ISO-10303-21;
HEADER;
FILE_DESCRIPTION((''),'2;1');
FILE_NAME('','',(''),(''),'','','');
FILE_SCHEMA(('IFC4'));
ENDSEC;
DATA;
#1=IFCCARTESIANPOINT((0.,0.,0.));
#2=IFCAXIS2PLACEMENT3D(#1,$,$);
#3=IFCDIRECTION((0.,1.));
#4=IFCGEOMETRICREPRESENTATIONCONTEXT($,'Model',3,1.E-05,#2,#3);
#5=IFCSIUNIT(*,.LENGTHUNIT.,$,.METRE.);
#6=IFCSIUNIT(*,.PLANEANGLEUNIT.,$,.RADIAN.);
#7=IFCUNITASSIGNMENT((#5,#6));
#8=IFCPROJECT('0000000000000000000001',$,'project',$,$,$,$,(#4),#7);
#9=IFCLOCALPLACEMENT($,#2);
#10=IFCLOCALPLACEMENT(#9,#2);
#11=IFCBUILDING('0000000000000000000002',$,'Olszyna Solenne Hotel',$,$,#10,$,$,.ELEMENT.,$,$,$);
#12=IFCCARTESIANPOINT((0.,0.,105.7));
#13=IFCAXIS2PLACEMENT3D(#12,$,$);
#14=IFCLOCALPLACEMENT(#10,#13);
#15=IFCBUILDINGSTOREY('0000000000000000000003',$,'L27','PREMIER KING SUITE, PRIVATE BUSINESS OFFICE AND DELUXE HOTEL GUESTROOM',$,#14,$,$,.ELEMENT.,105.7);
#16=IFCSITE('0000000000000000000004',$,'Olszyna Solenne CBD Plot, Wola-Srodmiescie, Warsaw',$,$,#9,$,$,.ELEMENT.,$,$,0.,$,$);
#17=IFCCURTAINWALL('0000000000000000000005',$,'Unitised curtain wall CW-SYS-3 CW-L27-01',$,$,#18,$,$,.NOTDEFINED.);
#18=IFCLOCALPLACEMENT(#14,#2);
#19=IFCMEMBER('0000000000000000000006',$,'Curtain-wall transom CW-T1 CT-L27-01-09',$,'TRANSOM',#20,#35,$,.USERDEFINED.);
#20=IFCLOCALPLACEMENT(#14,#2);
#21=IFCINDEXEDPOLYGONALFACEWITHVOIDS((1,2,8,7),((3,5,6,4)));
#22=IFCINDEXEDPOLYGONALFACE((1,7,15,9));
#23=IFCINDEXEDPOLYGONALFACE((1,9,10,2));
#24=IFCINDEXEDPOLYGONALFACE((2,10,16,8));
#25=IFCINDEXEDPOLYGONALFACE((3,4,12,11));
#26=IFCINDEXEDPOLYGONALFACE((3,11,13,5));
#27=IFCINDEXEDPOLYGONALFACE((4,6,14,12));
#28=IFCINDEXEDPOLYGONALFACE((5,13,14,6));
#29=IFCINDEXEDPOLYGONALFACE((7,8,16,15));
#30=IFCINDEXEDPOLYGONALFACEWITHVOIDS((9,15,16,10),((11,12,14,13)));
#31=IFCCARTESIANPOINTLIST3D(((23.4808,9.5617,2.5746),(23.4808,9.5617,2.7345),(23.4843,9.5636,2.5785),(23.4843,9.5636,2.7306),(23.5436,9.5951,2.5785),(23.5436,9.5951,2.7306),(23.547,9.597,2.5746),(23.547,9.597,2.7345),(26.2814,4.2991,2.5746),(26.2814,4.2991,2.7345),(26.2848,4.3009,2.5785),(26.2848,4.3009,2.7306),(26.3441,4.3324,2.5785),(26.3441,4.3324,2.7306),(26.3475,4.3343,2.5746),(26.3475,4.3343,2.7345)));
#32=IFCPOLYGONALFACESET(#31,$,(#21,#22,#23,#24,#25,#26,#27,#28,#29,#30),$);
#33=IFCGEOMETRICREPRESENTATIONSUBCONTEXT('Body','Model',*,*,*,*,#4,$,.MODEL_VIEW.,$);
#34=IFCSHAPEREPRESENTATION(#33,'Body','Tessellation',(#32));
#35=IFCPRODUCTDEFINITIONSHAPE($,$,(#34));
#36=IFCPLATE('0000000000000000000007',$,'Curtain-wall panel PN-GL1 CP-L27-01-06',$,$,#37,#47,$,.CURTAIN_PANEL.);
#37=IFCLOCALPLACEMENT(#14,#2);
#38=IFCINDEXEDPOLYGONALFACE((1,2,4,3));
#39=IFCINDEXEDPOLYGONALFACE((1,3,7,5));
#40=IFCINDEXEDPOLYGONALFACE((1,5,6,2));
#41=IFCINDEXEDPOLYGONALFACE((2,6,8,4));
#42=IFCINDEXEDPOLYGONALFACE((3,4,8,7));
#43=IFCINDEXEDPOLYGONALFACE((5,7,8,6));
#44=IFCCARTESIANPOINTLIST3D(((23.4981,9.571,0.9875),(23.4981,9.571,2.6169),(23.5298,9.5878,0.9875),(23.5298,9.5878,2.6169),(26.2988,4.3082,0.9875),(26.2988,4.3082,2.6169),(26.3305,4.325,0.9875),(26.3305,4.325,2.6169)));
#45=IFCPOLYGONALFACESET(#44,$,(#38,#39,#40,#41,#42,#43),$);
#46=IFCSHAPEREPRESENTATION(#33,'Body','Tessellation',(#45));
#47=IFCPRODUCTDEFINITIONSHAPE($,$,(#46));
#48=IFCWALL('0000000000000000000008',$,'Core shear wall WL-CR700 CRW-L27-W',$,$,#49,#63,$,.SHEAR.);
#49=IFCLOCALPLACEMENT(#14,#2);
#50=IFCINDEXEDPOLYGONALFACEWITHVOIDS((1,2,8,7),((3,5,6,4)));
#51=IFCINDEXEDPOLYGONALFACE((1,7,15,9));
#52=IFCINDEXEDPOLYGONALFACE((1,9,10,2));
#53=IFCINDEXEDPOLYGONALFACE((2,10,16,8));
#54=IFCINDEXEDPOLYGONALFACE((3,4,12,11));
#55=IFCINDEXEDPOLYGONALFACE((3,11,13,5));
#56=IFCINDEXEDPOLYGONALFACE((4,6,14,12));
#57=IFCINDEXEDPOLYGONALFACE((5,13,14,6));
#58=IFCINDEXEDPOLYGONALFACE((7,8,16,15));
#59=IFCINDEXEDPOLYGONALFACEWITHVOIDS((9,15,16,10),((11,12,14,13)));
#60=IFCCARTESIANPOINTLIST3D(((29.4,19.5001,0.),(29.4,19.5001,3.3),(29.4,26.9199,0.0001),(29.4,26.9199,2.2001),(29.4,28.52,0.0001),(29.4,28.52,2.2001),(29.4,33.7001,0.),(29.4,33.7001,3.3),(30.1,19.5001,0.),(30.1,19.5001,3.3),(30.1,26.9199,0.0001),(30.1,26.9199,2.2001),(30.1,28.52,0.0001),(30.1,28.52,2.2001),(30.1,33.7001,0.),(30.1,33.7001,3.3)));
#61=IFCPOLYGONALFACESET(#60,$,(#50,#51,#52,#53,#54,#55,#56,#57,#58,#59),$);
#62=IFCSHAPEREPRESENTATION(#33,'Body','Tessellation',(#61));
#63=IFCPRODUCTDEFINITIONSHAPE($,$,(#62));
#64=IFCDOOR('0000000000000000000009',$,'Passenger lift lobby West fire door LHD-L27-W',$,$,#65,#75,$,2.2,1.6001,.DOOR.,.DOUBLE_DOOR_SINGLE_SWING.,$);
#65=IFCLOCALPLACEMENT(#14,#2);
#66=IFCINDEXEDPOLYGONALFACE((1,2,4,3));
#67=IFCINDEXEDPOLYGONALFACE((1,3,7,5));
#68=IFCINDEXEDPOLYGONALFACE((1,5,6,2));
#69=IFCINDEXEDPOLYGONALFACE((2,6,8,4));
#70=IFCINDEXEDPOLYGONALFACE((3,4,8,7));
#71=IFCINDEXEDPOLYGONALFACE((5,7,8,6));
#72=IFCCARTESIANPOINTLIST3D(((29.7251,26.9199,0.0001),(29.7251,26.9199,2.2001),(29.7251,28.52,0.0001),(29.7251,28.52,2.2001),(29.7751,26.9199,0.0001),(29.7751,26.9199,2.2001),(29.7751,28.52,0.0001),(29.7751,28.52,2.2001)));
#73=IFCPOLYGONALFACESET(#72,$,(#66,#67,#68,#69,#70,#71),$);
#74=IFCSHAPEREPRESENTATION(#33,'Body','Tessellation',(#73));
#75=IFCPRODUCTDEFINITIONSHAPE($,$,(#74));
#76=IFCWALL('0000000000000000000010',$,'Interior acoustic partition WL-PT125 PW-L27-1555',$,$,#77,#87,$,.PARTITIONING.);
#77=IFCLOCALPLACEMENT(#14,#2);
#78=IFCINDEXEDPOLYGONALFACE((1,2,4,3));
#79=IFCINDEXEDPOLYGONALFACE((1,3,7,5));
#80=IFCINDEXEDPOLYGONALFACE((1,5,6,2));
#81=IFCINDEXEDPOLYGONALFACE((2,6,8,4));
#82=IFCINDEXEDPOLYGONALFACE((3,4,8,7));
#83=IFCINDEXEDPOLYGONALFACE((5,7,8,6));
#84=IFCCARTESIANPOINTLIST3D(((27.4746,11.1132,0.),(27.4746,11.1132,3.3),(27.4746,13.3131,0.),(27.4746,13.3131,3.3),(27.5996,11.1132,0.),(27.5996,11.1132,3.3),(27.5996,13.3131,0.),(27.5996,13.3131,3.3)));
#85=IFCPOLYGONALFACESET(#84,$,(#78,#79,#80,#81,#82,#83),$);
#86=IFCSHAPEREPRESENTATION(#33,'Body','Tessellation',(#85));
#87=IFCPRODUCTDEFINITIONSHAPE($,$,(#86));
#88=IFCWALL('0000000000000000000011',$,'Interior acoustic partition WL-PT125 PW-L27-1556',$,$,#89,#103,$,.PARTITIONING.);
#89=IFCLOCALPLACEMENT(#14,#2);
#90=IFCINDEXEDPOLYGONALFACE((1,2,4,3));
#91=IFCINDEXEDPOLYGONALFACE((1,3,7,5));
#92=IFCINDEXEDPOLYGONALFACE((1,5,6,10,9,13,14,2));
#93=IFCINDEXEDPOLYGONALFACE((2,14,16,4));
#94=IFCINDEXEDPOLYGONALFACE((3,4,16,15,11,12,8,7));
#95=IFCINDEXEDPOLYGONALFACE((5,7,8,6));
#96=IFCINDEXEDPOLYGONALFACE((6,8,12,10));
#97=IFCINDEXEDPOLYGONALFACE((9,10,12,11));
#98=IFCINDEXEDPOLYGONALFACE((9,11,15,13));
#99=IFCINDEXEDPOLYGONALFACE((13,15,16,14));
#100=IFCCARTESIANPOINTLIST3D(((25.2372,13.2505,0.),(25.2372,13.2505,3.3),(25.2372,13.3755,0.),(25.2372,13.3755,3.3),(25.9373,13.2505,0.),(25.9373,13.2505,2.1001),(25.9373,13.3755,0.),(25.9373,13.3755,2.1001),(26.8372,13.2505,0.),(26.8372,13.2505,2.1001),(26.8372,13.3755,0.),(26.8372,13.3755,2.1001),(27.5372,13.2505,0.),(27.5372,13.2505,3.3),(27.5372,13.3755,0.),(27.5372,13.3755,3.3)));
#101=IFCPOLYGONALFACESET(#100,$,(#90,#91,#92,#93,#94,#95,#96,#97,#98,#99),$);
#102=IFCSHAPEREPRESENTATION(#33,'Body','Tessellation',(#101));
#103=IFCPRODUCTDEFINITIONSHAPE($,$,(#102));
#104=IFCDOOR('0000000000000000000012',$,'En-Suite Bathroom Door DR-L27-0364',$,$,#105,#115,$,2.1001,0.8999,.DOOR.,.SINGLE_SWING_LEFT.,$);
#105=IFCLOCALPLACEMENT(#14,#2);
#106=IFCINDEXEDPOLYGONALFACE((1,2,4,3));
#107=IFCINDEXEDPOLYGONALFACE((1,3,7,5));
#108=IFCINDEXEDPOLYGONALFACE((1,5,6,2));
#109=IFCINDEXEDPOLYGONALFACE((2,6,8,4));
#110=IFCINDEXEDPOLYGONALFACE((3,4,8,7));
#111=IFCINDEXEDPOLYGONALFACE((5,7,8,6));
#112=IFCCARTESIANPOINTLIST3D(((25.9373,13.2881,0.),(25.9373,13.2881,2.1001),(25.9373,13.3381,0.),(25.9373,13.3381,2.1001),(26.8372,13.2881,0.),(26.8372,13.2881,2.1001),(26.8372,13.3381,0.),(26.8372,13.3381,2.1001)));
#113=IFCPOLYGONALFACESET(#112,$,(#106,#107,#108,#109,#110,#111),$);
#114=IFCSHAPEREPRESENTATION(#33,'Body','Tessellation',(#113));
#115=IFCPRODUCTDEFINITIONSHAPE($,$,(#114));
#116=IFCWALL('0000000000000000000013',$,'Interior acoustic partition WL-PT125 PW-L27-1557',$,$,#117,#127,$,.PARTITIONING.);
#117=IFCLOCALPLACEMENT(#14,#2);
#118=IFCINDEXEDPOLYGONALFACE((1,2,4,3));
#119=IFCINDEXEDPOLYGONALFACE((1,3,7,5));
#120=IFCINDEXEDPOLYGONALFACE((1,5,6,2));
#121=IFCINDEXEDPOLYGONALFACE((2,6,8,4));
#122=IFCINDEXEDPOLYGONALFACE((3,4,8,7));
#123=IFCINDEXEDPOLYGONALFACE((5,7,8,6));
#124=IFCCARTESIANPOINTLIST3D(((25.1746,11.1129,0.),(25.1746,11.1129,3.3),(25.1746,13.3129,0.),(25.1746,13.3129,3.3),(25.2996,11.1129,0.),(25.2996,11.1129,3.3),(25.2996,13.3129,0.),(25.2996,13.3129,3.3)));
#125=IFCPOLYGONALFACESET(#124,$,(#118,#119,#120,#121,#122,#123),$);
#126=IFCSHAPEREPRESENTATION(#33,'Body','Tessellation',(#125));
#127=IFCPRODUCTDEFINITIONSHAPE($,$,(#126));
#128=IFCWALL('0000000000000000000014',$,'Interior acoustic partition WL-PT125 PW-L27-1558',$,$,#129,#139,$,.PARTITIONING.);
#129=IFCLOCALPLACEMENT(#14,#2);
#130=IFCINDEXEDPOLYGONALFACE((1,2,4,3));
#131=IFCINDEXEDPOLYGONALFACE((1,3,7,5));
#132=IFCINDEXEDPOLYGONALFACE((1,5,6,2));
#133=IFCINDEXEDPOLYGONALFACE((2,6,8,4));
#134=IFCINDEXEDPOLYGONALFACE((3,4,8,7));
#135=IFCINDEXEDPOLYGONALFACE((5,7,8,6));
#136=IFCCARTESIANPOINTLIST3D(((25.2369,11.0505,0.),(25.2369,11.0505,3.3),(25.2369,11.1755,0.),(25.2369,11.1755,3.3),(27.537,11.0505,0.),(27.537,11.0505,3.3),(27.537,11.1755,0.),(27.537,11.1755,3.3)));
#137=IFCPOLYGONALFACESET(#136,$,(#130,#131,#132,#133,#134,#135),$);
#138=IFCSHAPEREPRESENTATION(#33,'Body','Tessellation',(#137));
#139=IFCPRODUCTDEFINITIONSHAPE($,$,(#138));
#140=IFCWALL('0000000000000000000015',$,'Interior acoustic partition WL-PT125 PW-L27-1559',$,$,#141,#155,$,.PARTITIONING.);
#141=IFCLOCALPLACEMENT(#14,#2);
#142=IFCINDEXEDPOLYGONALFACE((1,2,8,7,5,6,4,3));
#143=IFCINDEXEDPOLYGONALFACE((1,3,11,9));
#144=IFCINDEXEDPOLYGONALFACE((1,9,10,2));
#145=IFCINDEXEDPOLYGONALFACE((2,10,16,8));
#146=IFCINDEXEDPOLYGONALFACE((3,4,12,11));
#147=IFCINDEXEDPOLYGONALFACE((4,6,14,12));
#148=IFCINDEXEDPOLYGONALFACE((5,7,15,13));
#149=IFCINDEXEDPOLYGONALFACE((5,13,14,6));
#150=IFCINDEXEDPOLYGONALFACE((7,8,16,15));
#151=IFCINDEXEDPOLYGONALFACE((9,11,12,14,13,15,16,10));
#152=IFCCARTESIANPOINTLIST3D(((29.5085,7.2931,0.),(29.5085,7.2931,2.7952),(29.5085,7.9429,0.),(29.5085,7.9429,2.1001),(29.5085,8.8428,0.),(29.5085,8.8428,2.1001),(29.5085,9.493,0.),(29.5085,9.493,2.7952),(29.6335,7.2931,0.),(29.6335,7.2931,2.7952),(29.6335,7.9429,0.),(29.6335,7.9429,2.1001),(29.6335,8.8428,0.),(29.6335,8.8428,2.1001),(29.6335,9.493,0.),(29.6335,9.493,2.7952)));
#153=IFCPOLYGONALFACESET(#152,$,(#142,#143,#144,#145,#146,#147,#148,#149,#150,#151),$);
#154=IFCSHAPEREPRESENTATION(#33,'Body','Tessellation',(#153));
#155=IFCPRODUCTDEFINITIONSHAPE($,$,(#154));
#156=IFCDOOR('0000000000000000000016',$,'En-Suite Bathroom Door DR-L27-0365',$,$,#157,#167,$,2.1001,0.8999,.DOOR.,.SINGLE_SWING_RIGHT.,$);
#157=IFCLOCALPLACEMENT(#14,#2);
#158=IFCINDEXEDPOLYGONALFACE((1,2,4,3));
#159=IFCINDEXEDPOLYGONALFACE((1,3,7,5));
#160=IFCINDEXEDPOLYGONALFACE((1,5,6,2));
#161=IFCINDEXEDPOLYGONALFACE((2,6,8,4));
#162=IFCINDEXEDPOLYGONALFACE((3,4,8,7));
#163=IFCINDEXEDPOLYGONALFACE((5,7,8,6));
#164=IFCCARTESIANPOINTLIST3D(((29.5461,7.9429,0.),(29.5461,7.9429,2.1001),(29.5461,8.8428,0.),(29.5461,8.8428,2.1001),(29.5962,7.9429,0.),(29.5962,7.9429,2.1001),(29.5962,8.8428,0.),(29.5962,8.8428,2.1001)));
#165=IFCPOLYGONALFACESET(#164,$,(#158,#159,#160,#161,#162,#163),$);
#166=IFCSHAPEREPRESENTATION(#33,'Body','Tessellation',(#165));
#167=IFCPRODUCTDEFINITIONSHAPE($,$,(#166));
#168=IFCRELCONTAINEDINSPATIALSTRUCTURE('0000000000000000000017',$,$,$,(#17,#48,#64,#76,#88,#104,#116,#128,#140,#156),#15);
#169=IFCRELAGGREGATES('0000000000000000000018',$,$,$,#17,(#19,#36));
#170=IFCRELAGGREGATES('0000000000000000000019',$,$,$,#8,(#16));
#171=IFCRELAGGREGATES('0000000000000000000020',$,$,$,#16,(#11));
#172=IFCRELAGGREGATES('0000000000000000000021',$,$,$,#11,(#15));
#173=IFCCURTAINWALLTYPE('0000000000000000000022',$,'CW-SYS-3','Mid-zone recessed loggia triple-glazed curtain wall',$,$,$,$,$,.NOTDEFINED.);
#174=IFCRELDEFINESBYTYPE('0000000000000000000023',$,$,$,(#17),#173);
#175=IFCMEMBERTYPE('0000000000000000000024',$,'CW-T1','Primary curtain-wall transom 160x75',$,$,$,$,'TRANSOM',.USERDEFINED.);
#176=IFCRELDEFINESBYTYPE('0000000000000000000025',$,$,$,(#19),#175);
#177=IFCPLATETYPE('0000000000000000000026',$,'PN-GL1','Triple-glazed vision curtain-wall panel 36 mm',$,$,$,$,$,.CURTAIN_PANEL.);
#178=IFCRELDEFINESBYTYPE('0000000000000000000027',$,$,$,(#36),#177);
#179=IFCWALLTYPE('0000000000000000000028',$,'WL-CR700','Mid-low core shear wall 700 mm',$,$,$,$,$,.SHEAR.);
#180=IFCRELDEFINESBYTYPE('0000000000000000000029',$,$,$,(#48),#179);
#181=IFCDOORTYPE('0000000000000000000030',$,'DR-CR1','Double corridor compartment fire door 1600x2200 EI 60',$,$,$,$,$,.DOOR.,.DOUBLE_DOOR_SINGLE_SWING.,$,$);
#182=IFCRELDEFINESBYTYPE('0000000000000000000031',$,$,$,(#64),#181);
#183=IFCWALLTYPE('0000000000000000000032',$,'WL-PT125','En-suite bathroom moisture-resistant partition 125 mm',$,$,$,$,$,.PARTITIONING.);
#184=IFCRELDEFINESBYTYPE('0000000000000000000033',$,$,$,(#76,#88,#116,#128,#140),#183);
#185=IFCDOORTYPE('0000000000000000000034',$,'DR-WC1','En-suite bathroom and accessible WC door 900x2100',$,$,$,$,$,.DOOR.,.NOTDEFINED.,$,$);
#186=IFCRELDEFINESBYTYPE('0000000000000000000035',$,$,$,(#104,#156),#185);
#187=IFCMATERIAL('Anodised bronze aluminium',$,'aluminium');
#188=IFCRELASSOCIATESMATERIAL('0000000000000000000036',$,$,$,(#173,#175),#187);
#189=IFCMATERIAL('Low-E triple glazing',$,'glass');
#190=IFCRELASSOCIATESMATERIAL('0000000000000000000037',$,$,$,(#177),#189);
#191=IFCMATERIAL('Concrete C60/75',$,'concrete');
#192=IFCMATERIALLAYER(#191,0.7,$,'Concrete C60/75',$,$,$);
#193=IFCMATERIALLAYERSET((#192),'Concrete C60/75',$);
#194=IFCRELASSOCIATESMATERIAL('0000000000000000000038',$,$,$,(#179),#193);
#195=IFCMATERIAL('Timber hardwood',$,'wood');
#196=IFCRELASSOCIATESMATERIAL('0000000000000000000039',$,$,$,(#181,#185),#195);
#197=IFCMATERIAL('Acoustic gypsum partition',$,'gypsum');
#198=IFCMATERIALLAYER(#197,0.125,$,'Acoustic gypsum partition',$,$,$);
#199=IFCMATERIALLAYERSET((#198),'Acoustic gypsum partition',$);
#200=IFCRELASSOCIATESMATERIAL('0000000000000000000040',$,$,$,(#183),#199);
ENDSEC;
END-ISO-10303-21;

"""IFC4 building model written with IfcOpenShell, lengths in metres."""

from ifc_helpers import new_model, si_unit, direction, frame, frame_2d, origin, origin_2d, place, context, subcontext, project, spatial, rectangle, hollow_rectangle, extrude, source, transform, mapped, material, layer, layer_set, material_profile, profile_set, type_object, type_shapes, element, fill, aggregate, save


model = new_model("IFC4")

# Units and contexts
model_context = context("Model", 3, precision=1e-05, world=origin(), true_north=direction((0.0, 1.0)))
body_context = subcontext(model_context, "Body", "Model", "MODEL_VIEW")
ifc_project = project(units=[si_unit("LENGTHUNIT", "METRE"), si_unit("PLANEANGLEUNIT", "RADIAN")], contexts=[model_context])

# Site, building, storey
site_placement = place(None, origin())
site = spatial("IfcSite", under=ifc_project, at=site_placement, Name="Olszyna Solenne CBD Plot, Wola-Srodmiescie, Warsaw", CompositionType="ELEMENT", RefElevation=0.0)
building_placement = place(site_placement, origin())
building = spatial("IfcBuilding", under=site, at=building_placement, Name="Olszyna Solenne Hotel", CompositionType="ELEMENT")
storey_placement = place(building_placement, frame((0.0, 0.0, 105.7)))
storey = spatial("IfcBuildingStorey", under=building, at=storey_placement, Name="L27", Description="PREMIER KING SUITE, PRIVATE BUSINESS OFFICE AND DELUXE HOTEL GUESTROOM", CompositionType="ELEMENT", Elevation=105.7)

# Curtain wall, member, plate
ifc_material_1 = material(Name="Anodised bronze aluminium", Category="aluminium")
curtain_wall_type = type_object("IfcCurtainWallType", Name="CW-SYS-3", Description="Mid-zone recessed loggia triple-glazed curtain wall", PredefinedType="NOTDEFINED", material=ifc_material_1)
curtain_wall_placement = place(storey_placement, origin())
curtain_wall = element("IfcCurtainWall", 1, at=curtain_wall_placement, inside=storey, type_object=curtain_wall_type, Name="Unitised curtain wall CW-SYS-3 CW-L27-01", PredefinedType="NOTDEFINED")
ifc_material_profile = material_profile(ifc_material_1, hollow_rectangle(XDim=0.075, YDim=0.1599, WallThickness=0.0039, at=origin_2d()), Name="TRAN 160x75x4", Category="load-bearing")
ifc_profile_set = profile_set([ifc_material_profile], Name="Anodised bronze aluminium")
member_type = type_object("IfcMemberType", Name="CW-T1", Description="Primary curtain-wall transom 160x75", ElementType="TRANSOM", PredefinedType="USERDEFINED", material=ifc_profile_set)
shared_shape_1 = source(origin(), body_context, "Body", "SweptSolid", [
    extrude(hollow_rectangle(XDim=0.075, YDim=0.1599, WallThickness=0.0039, at=origin_2d()), origin(), (0.0, 0.0, 1.0), 5.9614),
])
member_placement = place(storey_placement, frame((23.5139, 9.5793, 2.6545), z_axis=(0.469774, -0.882787, 0.0), x_axis=(0.882787, 0.469774, 0.0)))
member = element("IfcMember", 2, at=member_placement, type_object=member_type, Name="Curtain-wall transom CW-T1 CT-L27-01-09", ObjectType="TRANSOM", PredefinedType="USERDEFINED", context=body_context, shape_type="MappedRepresentation", body=[
    mapped(shared_shape_1, transform((0.0, 0.0, 0.0), x_axis=(1.0, 0.0, 0.0), y_axis=(0.0, 1.0, 0.0), z_axis=(0.0, 0.0, 1.0), scale=1.0)),
])
ifc_material_2 = material(Name="Low-E triple glazing", Category="glass")
plate_type = type_object("IfcPlateType", Name="PN-GL1", Description="Triple-glazed vision curtain-wall panel 36 mm", PredefinedType="CURTAIN_PANEL", material=ifc_material_2)
shared_shape_2 = source(origin(), body_context, "Body", "SweptSolid", [
    extrude(rectangle(XDim=5.9617, YDim=0.0359, at=origin_2d()), origin(), (0.0, 0.0, 1.0), 1.6294),
])
plate_placement = place(storey_placement, frame((24.9143, 6.948, 0.9875), z_axis=(0.0, 0.0, 1.0), x_axis=(0.469793, -0.882777, 0.0)))
plate = element("IfcPlate", 3, at=plate_placement, type_object=plate_type, Name="Curtain-wall panel PN-GL1 CP-L27-01-06", PredefinedType="CURTAIN_PANEL", context=body_context, shape_type="MappedRepresentation", body=[
    mapped(shared_shape_2, transform((0.0, 0.0, 0.0), x_axis=(1.0, 0.0, 0.0), y_axis=(0.0, 1.0, 0.0), z_axis=(0.0, 0.0, 1.0), scale=1.0)),
])
aggregate(curtain_wall, [member, plate])

# Wall, opening, door
ifc_material_3 = material(Name="Concrete C60/75", Category="concrete")
ifc_layer_1 = layer(ifc_material_3, 0.7, Name="Concrete C60/75")
ifc_layer_set_1 = layer_set([ifc_layer_1], Name="Concrete C60/75")
wall_type_1 = type_object("IfcWallType", Name="WL-CR700", Description="Mid-low core shear wall 700 mm", PredefinedType="SHEAR", material=ifc_layer_set_1)
wall_1_placement = place(storey_placement, frame((29.75, 19.5, 0.0), z_axis=(0.0, 0.0, 1.0), x_axis=(0.0, 1.0, 0.0)))
wall_1 = element("IfcWall", 4, at=wall_1_placement, inside=storey, type_object=wall_type_1, Name="Core shear wall WL-CR700 CRW-L27-W", PredefinedType="SHEAR", context=body_context, shape_type="SweptSolid", body=[
    extrude(rectangle(XDim=14.2, YDim=0.7, at=frame_2d((7.1001, 0.0))), origin(), (0.0, 0.0, 1.0), 3.3),
])
opening_1_placement = place(wall_1_placement, frame((7.4199, 0.0, 0.0)))
opening_1 = element("IfcOpeningElement", 5, at=opening_1_placement, cuts=wall_1, PredefinedType="OPENING", context=body_context, shape_type="SweptSolid", body=[
    extrude(rectangle(XDim=1.6001, YDim=2.2, at=frame_2d((0.8, 1.1001))), frame((0.0, 0.3599, 0.0), z_axis=(0.0, -1.0, 0.0), x_axis=(1.0, 0.0, 0.0)), (0.0, 0.0, 1.0), 0.72),
])
ifc_material_4 = material(Name="Timber hardwood", Category="wood")
door_type_1 = type_object("IfcDoorType", Name="DR-CR1", Description="Double corridor compartment fire door 1600x2200 EI 60", OperationType="DOUBLE_DOOR_SINGLE_SWING", PredefinedType="DOOR", material=ifc_material_4)
shared_shape_3 = source(origin(), body_context, "Body", "SweptSolid", [
    extrude(rectangle(XDim=1.6001, YDim=2.2, at=frame_2d((0.8, 1.1001))), frame((0.0, 0.0249, 0.0), z_axis=(0.0, -1.0, 0.0), x_axis=(1.0, 0.0, 0.0)), (0.0, 0.0, 1.0), 0.05),
])
type_shapes(door_type_1, [shared_shape_3])
door_1_placement = place(opening_1_placement, origin())
door_1 = element("IfcDoor", 6, at=door_1_placement, inside=storey, type_object=door_type_1, Name="Passenger lift lobby West fire door LHD-L27-W", OperationType="DOUBLE_DOOR_SINGLE_SWING", OverallHeight=2.2, OverallWidth=1.6001, PredefinedType="DOOR", context=body_context, shape_type="MappedRepresentation", body=[
    mapped(shared_shape_3, transform((0.0, 0.0, 0.0), x_axis=(1.0, 0.0, 0.0), y_axis=(0.0, 1.0, 0.0), z_axis=(0.0, 0.0, 1.0), scale=1.0)),
])
fill(opening_1, door_1)

# Wall
ifc_material_5 = material(Name="Acoustic gypsum partition", Category="gypsum")
ifc_layer_2 = layer(ifc_material_5, 0.125, Name="Acoustic gypsum partition")
ifc_layer_set_2 = layer_set([ifc_layer_2], Name="Acoustic gypsum partition")
wall_type_2 = type_object("IfcWallType", Name="WL-PT125", Description="En-suite bathroom moisture-resistant partition 125 mm", PredefinedType="PARTITIONING", material=ifc_layer_set_2)
wall_2_placement = place(storey_placement, frame((27.5371, 11.113, 0.0), z_axis=(0.0, 0.0, 1.0), x_axis=(0.0, 1.0, 0.0)))
element("IfcWall", 7, at=wall_2_placement, inside=storey, type_object=wall_type_2, Name="Interior acoustic partition WL-PT125 PW-L27-1555", PredefinedType="PARTITIONING", context=body_context, shape_type="SweptSolid", body=[
    extrude(rectangle(XDim=2.2, YDim=0.125, at=frame_2d((1.1001, 0.0))), origin(), (0.0, 0.0, 1.0), 3.3),
])

# Wall, opening, door
wall_3_placement = place(storey_placement, frame((27.5371, 13.313, 0.0), z_axis=(0.0, 0.0, 1.0), x_axis=(-1.0, 0.0, 0.0)))
wall_3 = element("IfcWall", 8, at=wall_3_placement, inside=storey, type_object=wall_type_2, Name="Interior acoustic partition WL-PT125 PW-L27-1556", PredefinedType="PARTITIONING", context=body_context, shape_type="SweptSolid", body=[
    extrude(rectangle(XDim=2.3, YDim=0.125, at=frame_2d((1.1499, 0.0))), origin(), (0.0, 0.0, 1.0), 3.3),
])
opening_2_placement = place(wall_3_placement, frame((0.7, 0.0, 0.0)))
opening_2 = element("IfcOpeningElement", 9, at=opening_2_placement, cuts=wall_3, PredefinedType="OPENING", context=body_context, shape_type="SweptSolid", body=[
    extrude(rectangle(XDim=0.8999, YDim=2.1001, at=frame_2d((0.45, 1.05))), frame((0.0, 0.0725, 0.0), z_axis=(0.0, -1.0, 0.0), x_axis=(1.0, 0.0, 0.0)), (0.0, 0.0, 1.0), 0.145),
])
door_type_2 = type_object("IfcDoorType", Name="DR-WC1", Description="En-suite bathroom and accessible WC door 900x2100", OperationType="NOTDEFINED", PredefinedType="DOOR", material=ifc_material_4)
shared_shape_4 = source(origin(), body_context, "Body", "SweptSolid", [
    extrude(rectangle(XDim=0.8999, YDim=2.1001, at=frame_2d((0.45, 1.05))), frame((0.0, 0.0249, 0.0), z_axis=(0.0, -1.0, 0.0), x_axis=(1.0, 0.0, 0.0)), (0.0, 0.0, 1.0), 0.05),
])
type_shapes(door_type_2, [shared_shape_4])
door_2_placement = place(opening_2_placement, origin())
door_2 = element("IfcDoor", 10, at=door_2_placement, inside=storey, type_object=door_type_2, Name="En-Suite Bathroom Door DR-L27-0364", OperationType="SINGLE_SWING_LEFT", OverallHeight=2.1001, OverallWidth=0.8999, PredefinedType="DOOR", context=body_context, shape_type="MappedRepresentation", body=[
    mapped(shared_shape_4, transform((0.0, 0.0, 0.0), x_axis=(1.0, 0.0, 0.0), y_axis=(0.0, 1.0, 0.0), z_axis=(0.0, 0.0, 1.0), scale=1.0)),
])
fill(opening_2, door_2)

# Walls
wall_4_placement = place(storey_placement, frame((25.2371, 13.313, 0.0), z_axis=(0.0, 0.0, 1.0), x_axis=(0.0, -1.0, 0.0)))
element("IfcWall", 11, at=wall_4_placement, inside=storey, type_object=wall_type_2, Name="Interior acoustic partition WL-PT125 PW-L27-1557", PredefinedType="PARTITIONING", context=body_context, shape_type="SweptSolid", body=[
    extrude(rectangle(XDim=2.2, YDim=0.125, at=frame_2d((1.1001, 0.0))), origin(), (0.0, 0.0, 1.0), 3.3),
])
wall_5_placement = place(storey_placement, frame((25.2371, 11.113, 0.0), z_axis=(0.0, 0.0, 1.0), x_axis=(1.0, 0.0, 0.0)))
element("IfcWall", 12, at=wall_5_placement, inside=storey, type_object=wall_type_2, Name="Interior acoustic partition WL-PT125 PW-L27-1558", PredefinedType="PARTITIONING", context=body_context, shape_type="SweptSolid", body=[
    extrude(rectangle(XDim=2.3, YDim=0.125, at=frame_2d((1.1499, 0.0))), origin(), (0.0, 0.0, 1.0), 3.3),
])

# Wall, opening, door
wall_6_placement = place(storey_placement, frame((29.571, 7.293, 0.0), z_axis=(0.0, 0.0, 1.0), x_axis=(0.0, 1.0, 0.0)))
wall_6 = element("IfcWall", 13, at=wall_6_placement, inside=storey, type_object=wall_type_2, Name="Interior acoustic partition WL-PT125 PW-L27-1559", PredefinedType="PARTITIONING", context=body_context, shape_type="SweptSolid", body=[
    extrude(rectangle(XDim=2.2, YDim=0.125, at=frame_2d((1.1001, 0.0))), origin(), (0.0, 0.0, 1.0), 2.7952),
])
opening_3_placement = place(wall_6_placement, frame((0.6499, 0.0, 0.0)))
opening_3 = element("IfcOpeningElement", 14, at=opening_3_placement, cuts=wall_6, PredefinedType="OPENING", context=body_context, shape_type="SweptSolid", body=[
    extrude(rectangle(XDim=0.8999, YDim=2.1001, at=frame_2d((0.45, 1.05))), frame((0.0, 0.0725, 0.0), z_axis=(0.0, -1.0, 0.0), x_axis=(1.0, 0.0, 0.0)), (0.0, 0.0, 1.0), 0.145),
])
door_3_placement = place(opening_3_placement, origin())
door_3 = element("IfcDoor", 15, at=door_3_placement, inside=storey, type_object=door_type_2, Name="En-Suite Bathroom Door DR-L27-0365", OperationType="SINGLE_SWING_RIGHT", OverallHeight=2.1001, OverallWidth=0.8999, PredefinedType="DOOR", context=body_context, shape_type="MappedRepresentation", body=[
    mapped(shared_shape_4, transform((0.0, 0.0, 0.0), x_axis=(1.0, 0.0, 0.0), y_axis=(0.0, 1.0, 0.0), z_axis=(0.0, 0.0, 1.0), scale=1.0)),
])
fill(opening_3, door_3)

save(model, "model.ifc")
